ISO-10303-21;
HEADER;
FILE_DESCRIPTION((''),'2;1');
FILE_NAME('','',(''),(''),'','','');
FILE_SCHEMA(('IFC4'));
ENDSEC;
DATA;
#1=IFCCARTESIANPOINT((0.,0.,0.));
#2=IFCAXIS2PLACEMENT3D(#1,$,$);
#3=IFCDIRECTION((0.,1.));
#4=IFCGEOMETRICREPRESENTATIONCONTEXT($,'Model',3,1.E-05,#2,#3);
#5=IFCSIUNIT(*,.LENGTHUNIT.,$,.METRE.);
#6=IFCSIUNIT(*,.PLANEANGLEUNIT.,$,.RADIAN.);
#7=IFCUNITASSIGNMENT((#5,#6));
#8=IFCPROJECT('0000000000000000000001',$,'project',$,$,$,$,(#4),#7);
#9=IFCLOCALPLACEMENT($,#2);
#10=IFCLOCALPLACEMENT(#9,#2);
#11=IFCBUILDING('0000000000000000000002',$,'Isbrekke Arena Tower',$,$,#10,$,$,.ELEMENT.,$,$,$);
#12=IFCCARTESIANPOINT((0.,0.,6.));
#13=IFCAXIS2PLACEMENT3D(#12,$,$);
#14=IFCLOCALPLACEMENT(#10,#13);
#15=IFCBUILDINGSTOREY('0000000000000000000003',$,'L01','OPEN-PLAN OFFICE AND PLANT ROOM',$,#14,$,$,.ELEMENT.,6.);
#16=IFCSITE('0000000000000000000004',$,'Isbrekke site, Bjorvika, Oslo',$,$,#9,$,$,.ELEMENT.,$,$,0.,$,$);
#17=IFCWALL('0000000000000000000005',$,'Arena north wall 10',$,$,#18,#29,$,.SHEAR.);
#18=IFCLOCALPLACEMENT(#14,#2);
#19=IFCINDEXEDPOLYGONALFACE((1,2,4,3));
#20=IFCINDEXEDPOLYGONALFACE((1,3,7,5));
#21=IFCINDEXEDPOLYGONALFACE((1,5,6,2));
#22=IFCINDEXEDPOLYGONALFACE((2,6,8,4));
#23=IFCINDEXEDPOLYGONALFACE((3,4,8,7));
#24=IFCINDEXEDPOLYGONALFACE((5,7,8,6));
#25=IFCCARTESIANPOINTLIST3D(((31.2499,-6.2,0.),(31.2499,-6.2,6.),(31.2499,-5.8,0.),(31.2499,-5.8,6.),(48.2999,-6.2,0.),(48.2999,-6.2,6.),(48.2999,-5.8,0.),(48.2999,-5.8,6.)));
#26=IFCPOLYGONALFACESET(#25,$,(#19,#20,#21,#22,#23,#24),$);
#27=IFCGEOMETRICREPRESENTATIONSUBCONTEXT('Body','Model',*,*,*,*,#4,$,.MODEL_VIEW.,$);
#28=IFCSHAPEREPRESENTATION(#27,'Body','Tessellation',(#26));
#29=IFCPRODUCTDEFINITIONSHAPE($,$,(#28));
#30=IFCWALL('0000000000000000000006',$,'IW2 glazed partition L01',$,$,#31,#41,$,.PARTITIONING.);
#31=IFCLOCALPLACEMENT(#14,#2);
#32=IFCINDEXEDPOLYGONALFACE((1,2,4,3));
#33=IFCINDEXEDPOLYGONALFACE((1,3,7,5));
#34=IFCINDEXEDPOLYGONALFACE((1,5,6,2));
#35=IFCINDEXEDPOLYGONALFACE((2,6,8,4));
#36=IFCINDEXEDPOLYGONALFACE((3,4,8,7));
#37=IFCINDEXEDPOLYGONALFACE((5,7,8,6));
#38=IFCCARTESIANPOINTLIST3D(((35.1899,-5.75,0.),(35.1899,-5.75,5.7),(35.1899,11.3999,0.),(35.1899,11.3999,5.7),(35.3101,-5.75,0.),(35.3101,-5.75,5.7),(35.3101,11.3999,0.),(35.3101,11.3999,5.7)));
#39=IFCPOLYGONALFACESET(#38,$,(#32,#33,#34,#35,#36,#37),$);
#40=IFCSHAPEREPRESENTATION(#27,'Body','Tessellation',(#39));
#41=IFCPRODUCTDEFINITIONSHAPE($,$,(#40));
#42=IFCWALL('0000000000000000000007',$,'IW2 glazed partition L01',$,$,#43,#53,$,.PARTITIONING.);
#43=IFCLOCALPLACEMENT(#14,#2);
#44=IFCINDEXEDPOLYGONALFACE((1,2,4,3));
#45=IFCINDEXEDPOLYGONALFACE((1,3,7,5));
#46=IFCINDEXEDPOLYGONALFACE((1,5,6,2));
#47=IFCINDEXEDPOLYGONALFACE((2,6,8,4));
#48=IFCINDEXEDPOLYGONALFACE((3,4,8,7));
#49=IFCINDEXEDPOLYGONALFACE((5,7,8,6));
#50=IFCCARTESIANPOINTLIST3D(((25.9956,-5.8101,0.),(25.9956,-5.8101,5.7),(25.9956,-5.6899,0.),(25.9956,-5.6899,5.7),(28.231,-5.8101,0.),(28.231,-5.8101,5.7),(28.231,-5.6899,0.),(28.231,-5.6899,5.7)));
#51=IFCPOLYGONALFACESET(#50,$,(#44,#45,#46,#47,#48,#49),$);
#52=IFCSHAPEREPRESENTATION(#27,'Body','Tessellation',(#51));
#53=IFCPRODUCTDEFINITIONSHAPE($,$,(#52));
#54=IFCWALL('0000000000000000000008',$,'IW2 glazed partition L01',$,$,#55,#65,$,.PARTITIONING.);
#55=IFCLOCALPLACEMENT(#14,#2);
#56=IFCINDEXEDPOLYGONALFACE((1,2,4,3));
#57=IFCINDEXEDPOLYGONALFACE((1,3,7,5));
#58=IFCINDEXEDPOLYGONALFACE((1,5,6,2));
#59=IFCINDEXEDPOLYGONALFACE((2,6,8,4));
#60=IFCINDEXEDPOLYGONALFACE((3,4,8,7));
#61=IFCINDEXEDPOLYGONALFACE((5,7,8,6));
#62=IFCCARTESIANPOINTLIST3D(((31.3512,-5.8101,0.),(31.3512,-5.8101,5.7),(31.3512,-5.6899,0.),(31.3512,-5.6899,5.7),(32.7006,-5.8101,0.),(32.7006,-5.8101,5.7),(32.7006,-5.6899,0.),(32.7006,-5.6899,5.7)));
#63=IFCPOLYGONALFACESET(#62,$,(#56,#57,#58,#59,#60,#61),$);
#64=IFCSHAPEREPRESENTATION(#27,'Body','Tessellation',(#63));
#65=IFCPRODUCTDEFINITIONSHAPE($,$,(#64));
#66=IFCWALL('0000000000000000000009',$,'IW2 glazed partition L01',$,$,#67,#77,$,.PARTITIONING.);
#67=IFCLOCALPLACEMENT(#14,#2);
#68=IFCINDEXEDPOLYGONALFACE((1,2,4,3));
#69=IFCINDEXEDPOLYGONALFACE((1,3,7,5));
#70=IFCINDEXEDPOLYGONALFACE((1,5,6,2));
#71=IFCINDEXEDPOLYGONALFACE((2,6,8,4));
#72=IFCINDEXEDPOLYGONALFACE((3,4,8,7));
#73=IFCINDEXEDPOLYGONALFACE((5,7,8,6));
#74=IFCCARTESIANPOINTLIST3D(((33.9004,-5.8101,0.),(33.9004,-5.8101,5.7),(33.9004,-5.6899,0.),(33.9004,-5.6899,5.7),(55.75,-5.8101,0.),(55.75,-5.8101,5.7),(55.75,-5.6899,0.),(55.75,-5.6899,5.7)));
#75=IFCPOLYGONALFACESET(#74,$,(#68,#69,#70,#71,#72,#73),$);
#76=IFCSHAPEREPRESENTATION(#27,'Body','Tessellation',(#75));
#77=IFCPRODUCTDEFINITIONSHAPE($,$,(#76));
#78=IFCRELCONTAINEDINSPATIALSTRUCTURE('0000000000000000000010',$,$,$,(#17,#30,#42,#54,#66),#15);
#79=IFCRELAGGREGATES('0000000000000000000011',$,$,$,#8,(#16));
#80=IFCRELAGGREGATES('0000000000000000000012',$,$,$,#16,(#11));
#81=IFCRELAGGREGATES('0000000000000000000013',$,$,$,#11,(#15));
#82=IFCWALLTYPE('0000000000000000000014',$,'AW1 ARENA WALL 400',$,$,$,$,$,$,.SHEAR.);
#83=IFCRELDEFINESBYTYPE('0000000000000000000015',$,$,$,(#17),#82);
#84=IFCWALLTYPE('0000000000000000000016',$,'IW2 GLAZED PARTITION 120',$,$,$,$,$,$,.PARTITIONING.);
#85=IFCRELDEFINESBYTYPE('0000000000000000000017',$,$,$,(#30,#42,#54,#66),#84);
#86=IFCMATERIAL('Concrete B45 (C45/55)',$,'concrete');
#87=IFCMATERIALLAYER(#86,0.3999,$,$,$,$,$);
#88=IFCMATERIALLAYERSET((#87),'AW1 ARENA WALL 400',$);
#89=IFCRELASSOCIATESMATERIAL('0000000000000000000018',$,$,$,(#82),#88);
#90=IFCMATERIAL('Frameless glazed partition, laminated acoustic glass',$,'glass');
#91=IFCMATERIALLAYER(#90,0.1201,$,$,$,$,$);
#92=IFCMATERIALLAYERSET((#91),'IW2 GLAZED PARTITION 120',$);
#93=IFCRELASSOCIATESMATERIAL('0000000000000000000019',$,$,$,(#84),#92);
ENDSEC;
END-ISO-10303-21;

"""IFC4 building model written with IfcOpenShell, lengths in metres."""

from ifc_helpers import new_model, si_unit, direction, frame, frame_2d, origin, place, context, subcontext, project, spatial, rectangle, extrude, material, layer, layer_set, type_object, element, save


model = new_model("IFC4")

# Units and contexts
model_context = context("Model", 3, precision=1e-05, world=origin(), true_north=direction((0.0, 1.0)))
body_context = subcontext(model_context, "Body", "Model", "MODEL_VIEW")
ifc_project = project(units=[si_unit("LENGTHUNIT", "METRE"), si_unit("PLANEANGLEUNIT", "RADIAN")], contexts=[model_context])

# Site, building, storey
site_placement = place(None, origin())
site = spatial("IfcSite", under=ifc_project, at=site_placement, Name="Isbrekke site, Bjorvika, Oslo", CompositionType="ELEMENT", RefElevation=0.0)
building_placement = place(site_placement, origin())
building = spatial("IfcBuilding", under=site, at=building_placement, Name="Isbrekke Arena Tower", CompositionType="ELEMENT")
storey_placement = place(building_placement, frame((0.0, 0.0, 6.0)))
storey = spatial("IfcBuildingStorey", under=building, at=storey_placement, Name="L01", Description="OPEN-PLAN OFFICE AND PLANT ROOM", CompositionType="ELEMENT", Elevation=6.0)

# Walls
ifc_material_1 = material(Name="Concrete B45 (C45/55)", Category="concrete")
ifc_layer_1 = layer(ifc_material_1, 0.3999)
ifc_layer_set_1 = layer_set([ifc_layer_1], Name="AW1 ARENA WALL 400")
wall_type_1 = type_object("IfcWallType", Name="AW1 ARENA WALL 400", PredefinedType="SHEAR", material=ifc_layer_set_1)
wall_1_placement = place(storey_placement, frame((31.25, -6.0, 0.0), z_axis=(0.0, 0.0, 1.0), x_axis=(1.0, 0.0, 0.0)))
element("IfcWall", 1, at=wall_1_placement, inside=storey, type_object=wall_type_1, Name="Arena north wall 10", PredefinedType="SHEAR", context=body_context, shape_type="SweptSolid", body=[
    extrude(rectangle(XDim=17.05, YDim=0.3999, at=frame_2d((8.5249, 0.0))), origin(), (0.0, 0.0, 1.0), 6.0),
])
ifc_material_2 = material(Name="Frameless glazed partition, laminated acoustic glass", Category="glass")
ifc_layer_2 = layer(ifc_material_2, 0.1201)
ifc_layer_set_2 = layer_set([ifc_layer_2], Name="IW2 GLAZED PARTITION 120")
wall_type_2 = type_object("IfcWallType", Name="IW2 GLAZED PARTITION 120", PredefinedType="PARTITIONING", material=ifc_layer_set_2)
wall_2_placement = place(storey_placement, frame((35.25, -5.75, 0.0), z_axis=(0.0, 0.0, 1.0), x_axis=(0.0, 1.0, 0.0)))
element("IfcWall", 2, at=wall_2_placement, inside=storey, type_object=wall_type_2, Name="IW2 glazed partition L01", PredefinedType="PARTITIONING", context=body_context, shape_type="SweptSolid", body=[
    extrude(rectangle(XDim=17.1499, YDim=0.1201, at=frame_2d((8.575, 0.0))), origin(), (0.0, 0.0, 1.0), 5.7),
])
wall_3_placement = place(storey_placement, frame((25.9956, -5.75, 0.0), z_axis=(0.0, 0.0, 1.0), x_axis=(1.0, 0.0, 0.0)))
element("IfcWall", 3, at=wall_3_placement, inside=storey, type_object=wall_type_2, Name="IW2 glazed partition L01", PredefinedType="PARTITIONING", context=body_context, shape_type="SweptSolid", body=[
    extrude(rectangle(XDim=2.2354, YDim=0.1201, at=frame_2d((1.1177, 0.0))), origin(), (0.0, 0.0, 1.0), 5.7),
])
wall_4_placement = place(storey_placement, frame((31.3511, -5.75, 0.0), z_axis=(0.0, 0.0, 1.0), x_axis=(1.0, 0.0, 0.0)))
element("IfcWall", 4, at=wall_4_placement, inside=storey, type_object=wall_type_2, Name="IW2 glazed partition L01", PredefinedType="PARTITIONING", context=body_context, shape_type="SweptSolid", body=[
    extrude(rectangle(XDim=1.3494, YDim=0.1201, at=frame_2d((0.6748, 0.0))), origin(), (0.0, 0.0, 1.0), 5.7),
])
wall_5_placement = place(storey_placement, frame((33.9004, -5.75, 0.0), z_axis=(0.0, 0.0, 1.0), x_axis=(1.0, 0.0, 0.0)))
element("IfcWall", 5, at=wall_5_placement, inside=storey, type_object=wall_type_2, Name="IW2 glazed partition L01", PredefinedType="PARTITIONING", context=body_context, shape_type="SweptSolid", body=[
    extrude(rectangle(XDim=21.8496, YDim=0.1201, at=frame_2d((10.9248, 0.0))), origin(), (0.0, 0.0, 1.0), 5.7),
])

save(model, "model.ifc")
